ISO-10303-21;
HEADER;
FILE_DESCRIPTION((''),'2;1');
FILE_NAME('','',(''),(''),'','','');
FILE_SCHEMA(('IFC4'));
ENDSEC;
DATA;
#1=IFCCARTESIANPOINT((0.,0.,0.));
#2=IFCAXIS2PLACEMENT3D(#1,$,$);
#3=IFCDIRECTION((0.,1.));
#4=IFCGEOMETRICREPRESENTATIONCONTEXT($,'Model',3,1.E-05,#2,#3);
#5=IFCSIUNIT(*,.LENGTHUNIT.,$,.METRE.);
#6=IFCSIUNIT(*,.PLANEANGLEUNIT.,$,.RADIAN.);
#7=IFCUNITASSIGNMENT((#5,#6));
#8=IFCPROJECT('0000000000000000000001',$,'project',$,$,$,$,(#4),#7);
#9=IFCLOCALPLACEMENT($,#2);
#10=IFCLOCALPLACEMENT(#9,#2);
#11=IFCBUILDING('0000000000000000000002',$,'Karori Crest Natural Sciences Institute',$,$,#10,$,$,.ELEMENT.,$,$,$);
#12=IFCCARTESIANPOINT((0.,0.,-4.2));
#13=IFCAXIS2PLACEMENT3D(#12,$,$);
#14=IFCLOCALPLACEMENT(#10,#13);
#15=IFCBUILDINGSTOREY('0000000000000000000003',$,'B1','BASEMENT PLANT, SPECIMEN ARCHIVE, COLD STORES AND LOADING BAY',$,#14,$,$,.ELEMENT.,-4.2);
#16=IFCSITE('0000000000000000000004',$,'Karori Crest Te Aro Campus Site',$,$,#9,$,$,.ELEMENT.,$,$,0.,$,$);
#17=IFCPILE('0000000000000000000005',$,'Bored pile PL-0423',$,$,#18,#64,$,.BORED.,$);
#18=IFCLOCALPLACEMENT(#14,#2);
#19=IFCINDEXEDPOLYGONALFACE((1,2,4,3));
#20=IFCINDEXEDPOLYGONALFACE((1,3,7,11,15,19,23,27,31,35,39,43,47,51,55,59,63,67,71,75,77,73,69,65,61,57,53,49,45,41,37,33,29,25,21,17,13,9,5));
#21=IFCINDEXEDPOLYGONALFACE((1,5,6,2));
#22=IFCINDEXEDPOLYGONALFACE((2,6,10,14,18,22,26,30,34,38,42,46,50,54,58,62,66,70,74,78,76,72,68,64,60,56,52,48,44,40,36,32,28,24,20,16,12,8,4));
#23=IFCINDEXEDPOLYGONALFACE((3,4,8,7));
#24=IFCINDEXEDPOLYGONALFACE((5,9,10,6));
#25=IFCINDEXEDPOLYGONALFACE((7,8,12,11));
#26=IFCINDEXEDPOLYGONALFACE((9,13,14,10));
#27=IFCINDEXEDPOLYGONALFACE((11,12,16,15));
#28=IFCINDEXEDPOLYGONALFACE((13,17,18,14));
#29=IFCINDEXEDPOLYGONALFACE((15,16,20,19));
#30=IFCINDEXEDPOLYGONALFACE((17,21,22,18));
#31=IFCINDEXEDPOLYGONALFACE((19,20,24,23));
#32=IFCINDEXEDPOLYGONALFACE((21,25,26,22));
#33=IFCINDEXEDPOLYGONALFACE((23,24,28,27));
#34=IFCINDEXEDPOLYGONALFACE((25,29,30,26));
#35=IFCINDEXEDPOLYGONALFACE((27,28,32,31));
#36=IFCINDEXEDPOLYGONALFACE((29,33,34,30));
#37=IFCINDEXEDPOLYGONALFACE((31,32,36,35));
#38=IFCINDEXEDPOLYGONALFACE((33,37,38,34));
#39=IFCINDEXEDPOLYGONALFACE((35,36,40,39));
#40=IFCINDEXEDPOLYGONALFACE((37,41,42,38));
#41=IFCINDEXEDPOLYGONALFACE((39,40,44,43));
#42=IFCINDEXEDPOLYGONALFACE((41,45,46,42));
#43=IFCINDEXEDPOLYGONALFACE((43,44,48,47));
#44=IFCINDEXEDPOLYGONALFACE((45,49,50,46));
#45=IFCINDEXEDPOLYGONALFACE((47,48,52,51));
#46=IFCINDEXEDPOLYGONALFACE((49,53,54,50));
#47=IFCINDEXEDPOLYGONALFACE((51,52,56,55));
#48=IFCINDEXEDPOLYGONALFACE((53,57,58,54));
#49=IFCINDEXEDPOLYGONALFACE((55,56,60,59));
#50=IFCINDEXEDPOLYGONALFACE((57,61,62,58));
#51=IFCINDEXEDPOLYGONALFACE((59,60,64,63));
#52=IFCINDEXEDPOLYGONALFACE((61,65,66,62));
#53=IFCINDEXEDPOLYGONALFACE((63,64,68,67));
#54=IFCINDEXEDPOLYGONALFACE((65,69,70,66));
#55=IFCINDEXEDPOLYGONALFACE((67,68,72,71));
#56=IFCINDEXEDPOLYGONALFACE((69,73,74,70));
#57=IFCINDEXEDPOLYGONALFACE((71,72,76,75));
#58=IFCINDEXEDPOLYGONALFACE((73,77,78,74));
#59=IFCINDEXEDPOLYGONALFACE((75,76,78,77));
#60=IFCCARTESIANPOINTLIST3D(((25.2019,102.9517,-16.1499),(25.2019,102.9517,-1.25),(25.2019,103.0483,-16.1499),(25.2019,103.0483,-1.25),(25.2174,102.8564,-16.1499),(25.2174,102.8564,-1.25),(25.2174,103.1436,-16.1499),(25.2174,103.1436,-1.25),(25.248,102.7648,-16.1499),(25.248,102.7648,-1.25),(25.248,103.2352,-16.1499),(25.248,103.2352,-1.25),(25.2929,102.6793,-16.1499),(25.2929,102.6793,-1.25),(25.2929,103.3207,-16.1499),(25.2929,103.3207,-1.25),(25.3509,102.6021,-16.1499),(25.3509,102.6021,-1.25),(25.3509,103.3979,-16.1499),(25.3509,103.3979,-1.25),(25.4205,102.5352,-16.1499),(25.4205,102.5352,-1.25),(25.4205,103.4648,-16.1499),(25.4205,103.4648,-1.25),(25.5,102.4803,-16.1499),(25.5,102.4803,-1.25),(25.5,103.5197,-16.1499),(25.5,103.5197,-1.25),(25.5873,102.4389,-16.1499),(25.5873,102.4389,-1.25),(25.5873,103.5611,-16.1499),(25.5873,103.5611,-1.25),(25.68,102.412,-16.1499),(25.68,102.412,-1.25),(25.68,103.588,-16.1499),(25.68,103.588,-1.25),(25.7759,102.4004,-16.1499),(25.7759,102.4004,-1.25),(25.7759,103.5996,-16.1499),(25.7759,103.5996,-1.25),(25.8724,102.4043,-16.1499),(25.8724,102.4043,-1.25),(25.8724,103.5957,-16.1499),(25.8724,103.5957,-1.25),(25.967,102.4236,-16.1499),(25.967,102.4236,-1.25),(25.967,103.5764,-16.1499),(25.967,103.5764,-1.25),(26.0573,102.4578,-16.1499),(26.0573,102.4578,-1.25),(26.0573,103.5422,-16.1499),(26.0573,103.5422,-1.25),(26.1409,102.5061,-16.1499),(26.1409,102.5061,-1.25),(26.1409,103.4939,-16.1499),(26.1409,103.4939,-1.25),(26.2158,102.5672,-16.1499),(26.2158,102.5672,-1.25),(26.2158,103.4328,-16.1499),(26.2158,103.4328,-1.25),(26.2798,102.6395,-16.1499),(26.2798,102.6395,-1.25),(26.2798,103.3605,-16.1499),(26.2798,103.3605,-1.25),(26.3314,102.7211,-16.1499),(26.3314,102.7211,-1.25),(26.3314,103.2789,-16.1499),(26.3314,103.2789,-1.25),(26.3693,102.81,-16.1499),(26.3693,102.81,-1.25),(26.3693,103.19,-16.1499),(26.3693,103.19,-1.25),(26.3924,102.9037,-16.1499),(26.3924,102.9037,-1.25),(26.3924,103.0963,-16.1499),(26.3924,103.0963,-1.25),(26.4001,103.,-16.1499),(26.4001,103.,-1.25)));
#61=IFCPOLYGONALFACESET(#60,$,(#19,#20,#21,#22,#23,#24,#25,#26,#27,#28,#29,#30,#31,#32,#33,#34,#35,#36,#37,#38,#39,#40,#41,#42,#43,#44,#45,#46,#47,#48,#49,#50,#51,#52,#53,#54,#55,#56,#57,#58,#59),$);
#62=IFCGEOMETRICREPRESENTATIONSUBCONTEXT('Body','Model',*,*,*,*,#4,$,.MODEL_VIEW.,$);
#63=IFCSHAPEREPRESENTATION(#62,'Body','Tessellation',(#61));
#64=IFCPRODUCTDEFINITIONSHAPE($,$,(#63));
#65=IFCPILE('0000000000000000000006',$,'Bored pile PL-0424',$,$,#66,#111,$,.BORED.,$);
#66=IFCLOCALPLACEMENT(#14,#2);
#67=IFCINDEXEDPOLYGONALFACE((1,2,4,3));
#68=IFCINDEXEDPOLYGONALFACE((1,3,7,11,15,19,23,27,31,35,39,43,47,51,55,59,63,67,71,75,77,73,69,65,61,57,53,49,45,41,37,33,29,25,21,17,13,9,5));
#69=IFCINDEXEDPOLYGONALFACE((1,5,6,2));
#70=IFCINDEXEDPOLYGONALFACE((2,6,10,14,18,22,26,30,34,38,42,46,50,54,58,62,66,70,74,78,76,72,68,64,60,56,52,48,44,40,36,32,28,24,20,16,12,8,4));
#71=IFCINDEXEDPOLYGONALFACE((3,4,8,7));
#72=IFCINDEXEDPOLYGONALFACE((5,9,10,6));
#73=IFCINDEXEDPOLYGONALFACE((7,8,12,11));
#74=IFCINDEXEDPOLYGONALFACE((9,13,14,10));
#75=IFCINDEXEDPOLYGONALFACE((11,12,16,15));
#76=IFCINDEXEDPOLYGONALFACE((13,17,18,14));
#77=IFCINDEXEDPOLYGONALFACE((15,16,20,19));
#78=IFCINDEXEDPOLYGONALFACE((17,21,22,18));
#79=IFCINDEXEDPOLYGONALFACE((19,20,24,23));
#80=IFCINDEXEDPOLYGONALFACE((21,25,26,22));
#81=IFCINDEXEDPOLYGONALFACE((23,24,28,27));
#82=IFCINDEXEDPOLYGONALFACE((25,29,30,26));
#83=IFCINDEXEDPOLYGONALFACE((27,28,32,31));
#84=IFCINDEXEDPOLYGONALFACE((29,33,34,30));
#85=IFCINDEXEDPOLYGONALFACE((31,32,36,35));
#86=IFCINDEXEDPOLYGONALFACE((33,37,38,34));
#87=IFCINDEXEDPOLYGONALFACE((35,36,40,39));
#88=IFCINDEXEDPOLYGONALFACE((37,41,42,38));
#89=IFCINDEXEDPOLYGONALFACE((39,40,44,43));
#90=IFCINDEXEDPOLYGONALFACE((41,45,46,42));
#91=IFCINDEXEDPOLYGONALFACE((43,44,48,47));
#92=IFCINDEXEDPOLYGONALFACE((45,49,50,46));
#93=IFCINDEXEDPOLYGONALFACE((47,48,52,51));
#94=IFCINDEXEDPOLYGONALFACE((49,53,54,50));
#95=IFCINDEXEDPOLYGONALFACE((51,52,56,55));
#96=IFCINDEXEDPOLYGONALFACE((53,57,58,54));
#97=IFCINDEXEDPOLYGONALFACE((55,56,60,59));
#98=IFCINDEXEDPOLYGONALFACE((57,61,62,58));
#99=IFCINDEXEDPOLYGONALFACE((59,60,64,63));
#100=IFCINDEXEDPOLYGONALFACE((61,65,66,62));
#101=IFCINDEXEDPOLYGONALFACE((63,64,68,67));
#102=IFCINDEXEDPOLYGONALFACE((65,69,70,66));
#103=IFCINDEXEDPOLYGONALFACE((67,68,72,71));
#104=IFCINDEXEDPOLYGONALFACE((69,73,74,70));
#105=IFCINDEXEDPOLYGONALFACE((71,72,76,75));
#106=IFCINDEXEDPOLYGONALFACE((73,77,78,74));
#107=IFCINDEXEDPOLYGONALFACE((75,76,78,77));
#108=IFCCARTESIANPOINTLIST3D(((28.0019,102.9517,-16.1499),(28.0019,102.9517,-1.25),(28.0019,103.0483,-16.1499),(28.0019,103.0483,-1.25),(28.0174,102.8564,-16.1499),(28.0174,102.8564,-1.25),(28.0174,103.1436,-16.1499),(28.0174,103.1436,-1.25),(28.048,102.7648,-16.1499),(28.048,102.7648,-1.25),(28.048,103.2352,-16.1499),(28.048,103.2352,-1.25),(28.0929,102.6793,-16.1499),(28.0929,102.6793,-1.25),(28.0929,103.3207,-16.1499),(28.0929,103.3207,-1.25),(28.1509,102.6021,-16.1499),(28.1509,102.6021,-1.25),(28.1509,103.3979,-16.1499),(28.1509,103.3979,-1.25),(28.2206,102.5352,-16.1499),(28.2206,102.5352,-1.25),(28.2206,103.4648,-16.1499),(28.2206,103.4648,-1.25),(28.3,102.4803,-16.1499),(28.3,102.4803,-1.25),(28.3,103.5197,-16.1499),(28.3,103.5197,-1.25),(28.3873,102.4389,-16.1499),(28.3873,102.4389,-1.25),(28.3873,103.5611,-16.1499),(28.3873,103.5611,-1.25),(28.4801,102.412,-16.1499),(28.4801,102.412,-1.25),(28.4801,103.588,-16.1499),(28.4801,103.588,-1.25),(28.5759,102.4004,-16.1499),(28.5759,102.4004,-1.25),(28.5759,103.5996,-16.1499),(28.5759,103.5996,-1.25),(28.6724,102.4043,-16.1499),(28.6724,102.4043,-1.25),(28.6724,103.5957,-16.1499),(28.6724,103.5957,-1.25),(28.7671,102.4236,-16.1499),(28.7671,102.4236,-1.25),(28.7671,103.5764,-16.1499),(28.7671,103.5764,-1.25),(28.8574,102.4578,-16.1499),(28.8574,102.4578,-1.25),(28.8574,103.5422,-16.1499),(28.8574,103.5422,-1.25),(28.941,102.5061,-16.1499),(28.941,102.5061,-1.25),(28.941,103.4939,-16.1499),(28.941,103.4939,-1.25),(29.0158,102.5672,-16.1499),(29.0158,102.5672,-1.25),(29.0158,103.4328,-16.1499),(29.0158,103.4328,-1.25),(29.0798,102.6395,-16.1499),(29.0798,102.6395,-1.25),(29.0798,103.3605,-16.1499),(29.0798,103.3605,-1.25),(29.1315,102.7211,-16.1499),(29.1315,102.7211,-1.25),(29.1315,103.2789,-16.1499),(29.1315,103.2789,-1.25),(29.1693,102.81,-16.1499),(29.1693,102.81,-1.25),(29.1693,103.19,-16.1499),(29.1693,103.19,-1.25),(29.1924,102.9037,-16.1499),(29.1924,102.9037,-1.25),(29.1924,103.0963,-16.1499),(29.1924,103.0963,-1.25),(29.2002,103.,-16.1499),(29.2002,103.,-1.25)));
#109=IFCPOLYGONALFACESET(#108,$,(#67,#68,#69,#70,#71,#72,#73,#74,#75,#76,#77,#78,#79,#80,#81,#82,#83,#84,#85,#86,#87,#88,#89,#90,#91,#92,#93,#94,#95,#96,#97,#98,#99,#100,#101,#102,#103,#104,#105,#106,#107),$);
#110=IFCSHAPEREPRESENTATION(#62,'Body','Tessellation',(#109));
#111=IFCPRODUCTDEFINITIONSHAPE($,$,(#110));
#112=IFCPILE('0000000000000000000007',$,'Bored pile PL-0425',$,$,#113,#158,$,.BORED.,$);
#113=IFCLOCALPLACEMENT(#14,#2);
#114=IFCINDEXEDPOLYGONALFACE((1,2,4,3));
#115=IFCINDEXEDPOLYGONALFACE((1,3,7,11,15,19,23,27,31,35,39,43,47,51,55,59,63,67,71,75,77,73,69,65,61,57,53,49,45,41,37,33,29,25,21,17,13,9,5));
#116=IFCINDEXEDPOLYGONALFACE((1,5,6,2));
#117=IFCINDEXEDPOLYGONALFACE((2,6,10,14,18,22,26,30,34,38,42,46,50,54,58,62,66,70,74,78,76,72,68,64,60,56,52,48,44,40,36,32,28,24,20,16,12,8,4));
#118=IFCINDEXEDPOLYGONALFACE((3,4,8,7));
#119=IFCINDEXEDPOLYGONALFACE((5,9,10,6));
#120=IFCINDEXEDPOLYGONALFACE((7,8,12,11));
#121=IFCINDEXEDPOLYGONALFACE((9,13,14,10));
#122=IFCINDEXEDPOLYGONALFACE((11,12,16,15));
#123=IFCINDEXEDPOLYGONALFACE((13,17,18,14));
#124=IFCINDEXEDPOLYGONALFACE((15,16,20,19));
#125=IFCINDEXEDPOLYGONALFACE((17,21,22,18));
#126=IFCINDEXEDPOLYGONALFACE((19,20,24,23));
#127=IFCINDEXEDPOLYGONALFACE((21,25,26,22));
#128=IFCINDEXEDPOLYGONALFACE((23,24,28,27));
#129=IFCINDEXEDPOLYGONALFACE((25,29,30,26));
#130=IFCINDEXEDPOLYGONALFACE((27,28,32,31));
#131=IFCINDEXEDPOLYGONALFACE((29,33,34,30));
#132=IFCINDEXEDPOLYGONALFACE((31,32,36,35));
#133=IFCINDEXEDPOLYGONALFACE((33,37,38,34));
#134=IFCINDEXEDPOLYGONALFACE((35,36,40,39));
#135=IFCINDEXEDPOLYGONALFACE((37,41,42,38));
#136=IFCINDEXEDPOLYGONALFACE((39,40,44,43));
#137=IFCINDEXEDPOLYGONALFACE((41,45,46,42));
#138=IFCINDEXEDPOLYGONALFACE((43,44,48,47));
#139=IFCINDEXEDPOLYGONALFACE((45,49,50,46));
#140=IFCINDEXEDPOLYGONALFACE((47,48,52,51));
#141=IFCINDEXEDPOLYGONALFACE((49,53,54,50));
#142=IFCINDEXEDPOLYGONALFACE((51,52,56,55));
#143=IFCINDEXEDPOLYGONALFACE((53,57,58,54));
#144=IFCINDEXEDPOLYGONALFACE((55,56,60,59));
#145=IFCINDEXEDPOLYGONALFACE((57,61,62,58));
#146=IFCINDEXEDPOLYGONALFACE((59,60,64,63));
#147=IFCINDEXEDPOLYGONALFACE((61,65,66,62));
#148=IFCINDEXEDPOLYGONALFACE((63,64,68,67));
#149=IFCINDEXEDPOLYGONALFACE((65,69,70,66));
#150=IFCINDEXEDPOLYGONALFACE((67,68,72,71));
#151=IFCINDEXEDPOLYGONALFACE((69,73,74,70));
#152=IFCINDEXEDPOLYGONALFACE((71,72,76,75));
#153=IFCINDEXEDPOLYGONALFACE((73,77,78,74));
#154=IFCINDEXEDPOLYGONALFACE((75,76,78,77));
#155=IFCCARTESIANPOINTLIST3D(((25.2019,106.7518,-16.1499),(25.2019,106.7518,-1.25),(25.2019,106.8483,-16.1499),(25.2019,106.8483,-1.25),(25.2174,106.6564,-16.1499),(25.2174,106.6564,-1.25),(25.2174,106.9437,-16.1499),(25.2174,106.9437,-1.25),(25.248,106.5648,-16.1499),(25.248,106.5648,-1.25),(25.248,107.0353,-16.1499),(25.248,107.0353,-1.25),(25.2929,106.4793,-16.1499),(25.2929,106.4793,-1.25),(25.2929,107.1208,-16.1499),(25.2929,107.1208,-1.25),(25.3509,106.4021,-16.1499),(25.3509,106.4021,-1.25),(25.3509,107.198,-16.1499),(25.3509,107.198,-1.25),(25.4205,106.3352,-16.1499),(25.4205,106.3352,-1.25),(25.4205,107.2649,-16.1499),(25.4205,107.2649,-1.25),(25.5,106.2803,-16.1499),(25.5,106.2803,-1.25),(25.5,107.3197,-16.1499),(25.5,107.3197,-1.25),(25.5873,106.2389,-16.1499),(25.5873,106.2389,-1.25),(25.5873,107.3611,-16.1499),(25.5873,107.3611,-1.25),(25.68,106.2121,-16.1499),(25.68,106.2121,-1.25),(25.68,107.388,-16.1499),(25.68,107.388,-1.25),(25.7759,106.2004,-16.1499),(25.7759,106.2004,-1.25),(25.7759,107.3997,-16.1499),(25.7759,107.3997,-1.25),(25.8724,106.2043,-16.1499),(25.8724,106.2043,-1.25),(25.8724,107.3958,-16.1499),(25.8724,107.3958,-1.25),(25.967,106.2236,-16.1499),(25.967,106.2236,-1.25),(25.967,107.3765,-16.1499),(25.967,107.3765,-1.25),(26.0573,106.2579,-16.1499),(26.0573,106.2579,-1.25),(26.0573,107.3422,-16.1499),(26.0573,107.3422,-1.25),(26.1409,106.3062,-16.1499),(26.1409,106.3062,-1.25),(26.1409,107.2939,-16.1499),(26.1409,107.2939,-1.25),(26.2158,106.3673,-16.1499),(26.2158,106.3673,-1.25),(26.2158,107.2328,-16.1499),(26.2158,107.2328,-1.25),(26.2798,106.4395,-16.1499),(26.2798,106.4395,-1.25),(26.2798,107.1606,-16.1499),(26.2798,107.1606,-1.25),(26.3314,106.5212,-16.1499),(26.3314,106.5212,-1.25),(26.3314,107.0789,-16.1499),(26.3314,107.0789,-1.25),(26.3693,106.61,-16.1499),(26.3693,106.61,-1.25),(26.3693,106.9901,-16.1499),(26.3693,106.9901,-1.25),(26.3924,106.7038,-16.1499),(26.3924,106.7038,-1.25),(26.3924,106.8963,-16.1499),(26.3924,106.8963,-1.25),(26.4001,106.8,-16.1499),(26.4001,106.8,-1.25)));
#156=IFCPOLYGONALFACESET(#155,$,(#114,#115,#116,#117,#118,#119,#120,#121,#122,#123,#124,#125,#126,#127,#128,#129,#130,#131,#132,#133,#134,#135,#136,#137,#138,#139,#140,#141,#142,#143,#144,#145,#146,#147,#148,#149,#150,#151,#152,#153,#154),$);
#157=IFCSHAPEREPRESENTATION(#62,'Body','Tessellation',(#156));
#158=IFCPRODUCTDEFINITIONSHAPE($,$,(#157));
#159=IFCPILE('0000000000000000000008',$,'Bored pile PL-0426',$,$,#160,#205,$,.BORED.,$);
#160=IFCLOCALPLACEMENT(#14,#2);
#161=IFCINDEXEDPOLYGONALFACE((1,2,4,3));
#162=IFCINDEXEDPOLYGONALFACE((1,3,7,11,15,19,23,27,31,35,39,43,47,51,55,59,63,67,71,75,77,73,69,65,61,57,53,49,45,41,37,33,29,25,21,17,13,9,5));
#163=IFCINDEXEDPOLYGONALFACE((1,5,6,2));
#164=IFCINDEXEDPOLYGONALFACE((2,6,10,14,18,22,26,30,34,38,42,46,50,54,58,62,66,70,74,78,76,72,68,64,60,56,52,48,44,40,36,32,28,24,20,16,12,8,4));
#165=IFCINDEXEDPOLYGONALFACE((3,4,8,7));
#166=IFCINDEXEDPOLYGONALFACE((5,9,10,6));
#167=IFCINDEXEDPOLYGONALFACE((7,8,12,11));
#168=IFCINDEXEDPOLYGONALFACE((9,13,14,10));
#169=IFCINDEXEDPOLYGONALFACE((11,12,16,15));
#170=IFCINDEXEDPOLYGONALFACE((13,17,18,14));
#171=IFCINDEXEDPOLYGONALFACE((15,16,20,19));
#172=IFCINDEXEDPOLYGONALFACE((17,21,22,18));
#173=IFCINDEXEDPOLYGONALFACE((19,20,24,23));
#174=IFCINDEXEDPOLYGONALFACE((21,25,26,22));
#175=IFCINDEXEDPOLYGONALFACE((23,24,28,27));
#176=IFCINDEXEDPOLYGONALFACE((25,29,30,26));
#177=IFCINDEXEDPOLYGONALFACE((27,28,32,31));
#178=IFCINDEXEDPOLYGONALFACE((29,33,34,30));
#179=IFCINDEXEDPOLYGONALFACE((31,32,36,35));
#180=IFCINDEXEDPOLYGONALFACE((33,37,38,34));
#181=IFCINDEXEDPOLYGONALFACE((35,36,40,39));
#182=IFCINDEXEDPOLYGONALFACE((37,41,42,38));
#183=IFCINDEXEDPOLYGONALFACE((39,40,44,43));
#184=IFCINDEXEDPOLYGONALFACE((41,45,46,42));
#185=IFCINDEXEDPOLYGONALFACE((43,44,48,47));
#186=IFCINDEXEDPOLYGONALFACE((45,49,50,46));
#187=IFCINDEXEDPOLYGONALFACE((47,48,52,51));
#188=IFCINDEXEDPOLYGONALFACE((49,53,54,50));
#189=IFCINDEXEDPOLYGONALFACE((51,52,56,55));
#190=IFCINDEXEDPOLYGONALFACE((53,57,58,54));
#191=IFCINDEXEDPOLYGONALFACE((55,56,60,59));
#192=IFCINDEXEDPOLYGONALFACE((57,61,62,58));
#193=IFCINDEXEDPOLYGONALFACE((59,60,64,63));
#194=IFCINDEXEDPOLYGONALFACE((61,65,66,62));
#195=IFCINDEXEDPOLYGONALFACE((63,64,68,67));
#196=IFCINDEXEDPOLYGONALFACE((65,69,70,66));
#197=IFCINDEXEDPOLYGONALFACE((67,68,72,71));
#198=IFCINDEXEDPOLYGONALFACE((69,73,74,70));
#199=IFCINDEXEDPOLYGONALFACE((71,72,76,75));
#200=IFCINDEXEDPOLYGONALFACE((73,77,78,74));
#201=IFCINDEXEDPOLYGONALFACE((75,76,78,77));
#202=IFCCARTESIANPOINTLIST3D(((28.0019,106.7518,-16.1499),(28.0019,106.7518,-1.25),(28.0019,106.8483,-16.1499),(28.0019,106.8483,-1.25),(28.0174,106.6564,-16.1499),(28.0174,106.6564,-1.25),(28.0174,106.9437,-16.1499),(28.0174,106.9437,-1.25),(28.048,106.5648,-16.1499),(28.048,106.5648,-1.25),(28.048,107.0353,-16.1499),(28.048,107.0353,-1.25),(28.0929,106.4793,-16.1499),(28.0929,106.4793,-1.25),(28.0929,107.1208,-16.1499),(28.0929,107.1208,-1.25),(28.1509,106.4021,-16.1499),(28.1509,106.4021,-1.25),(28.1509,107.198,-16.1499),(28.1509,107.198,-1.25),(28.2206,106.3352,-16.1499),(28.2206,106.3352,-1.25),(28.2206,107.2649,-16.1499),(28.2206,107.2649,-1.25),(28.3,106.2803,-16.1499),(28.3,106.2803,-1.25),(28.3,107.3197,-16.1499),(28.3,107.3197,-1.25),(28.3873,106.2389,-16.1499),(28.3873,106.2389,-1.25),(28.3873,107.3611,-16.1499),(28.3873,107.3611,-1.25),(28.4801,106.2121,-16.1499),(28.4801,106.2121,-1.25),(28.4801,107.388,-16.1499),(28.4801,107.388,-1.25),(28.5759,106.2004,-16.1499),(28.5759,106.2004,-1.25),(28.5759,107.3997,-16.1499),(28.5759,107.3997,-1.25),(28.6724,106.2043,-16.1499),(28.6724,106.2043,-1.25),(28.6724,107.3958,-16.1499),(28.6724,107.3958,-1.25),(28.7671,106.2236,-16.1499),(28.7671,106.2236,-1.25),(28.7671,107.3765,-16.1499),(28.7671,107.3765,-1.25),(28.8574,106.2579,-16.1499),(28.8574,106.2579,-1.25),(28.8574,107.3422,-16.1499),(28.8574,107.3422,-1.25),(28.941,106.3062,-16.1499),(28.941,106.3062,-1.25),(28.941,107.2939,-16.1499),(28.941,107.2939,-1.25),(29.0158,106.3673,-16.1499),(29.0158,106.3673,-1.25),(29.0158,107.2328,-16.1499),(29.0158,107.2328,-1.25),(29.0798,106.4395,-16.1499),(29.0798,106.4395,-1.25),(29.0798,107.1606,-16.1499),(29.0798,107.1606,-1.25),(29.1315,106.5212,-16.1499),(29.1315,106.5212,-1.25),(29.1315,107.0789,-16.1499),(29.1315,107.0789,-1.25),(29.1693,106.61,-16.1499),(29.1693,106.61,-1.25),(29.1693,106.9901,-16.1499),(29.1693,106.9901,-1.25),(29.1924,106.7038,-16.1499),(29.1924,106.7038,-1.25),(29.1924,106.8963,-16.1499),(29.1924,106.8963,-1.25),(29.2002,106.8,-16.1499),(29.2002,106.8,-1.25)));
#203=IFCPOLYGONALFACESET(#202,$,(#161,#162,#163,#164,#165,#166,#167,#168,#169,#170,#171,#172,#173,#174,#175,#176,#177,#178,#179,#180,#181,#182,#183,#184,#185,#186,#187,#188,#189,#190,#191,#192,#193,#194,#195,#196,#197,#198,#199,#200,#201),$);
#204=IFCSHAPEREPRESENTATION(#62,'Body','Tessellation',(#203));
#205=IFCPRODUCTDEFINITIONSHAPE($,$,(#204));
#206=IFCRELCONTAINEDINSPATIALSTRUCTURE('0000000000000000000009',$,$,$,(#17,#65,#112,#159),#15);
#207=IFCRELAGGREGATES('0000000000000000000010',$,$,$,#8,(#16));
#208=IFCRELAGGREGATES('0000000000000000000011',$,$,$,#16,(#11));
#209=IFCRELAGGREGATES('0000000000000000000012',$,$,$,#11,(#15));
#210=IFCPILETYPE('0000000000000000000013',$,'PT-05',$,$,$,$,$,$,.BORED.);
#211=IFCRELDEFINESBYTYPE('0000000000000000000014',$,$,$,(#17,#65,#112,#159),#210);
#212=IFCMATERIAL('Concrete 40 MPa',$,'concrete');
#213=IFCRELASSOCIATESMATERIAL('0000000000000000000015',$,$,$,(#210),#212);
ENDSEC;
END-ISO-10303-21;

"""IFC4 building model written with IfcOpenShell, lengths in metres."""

from ifc_helpers import new_model, si_unit, direction, frame, origin, origin_2d, place, context, subcontext, project, spatial, circle, extrude, material, material_profile, profile_set, type_object, element, save


model = new_model("IFC4")

# Units and contexts
model_context = context("Model", 3, precision=1e-05, world=origin(), true_north=direction((0.0, 1.0)))
body_context = subcontext(model_context, "Body", "Model", "MODEL_VIEW")
ifc_project = project(units=[si_unit("LENGTHUNIT", "METRE"), si_unit("PLANEANGLEUNIT", "RADIAN")], contexts=[model_context])

# Site, building, storey
site_placement = place(None, origin())
site = spatial("IfcSite", under=ifc_project, at=site_placement, Name="Karori Crest Te Aro Campus Site", CompositionType="ELEMENT", RefElevation=0.0)
building_placement = place(site_placement, origin())
building = spatial("IfcBuilding", under=site, at=building_placement, Name="Karori Crest Natural Sciences Institute", CompositionType="ELEMENT")
storey_placement = place(building_placement, frame((0.0, 0.0, -4.2)))
storey = spatial("IfcBuildingStorey", under=building, at=storey_placement, Name="B1", Description="BASEMENT PLANT, SPECIMEN ARCHIVE, COLD STORES AND LOADING BAY", CompositionType="ELEMENT", Elevation=-4.2)

# Shared definitions
ifc_material_1 = material(Name="Concrete 40 MPa", Category="concrete")

# Piles
ifc_material_profile_1 = material_profile(ifc_material_1, circle(Radius=0.6001, at=origin_2d()), Name="PILE1200")
ifc_profile_set_1 = profile_set([ifc_material_profile_1], Name="Concrete 40 MPa")
pile_type = type_object("IfcPileType", Name="PT-05", PredefinedType="BORED", material=ifc_profile_set_1)
for number, where, z_axis, x_axis, name in (
    (1, (25.8, 103.0, -1.25), (0.0, 0.0, -1.0), (1.0, 0.0, 0.0), "Bored pile PL-0423"),
    (2, (28.6001, 103.0, -1.25), (0.0, 0.0, -1.0), (1.0, 0.0, 0.0), "Bored pile PL-0424"),
    (3, (25.8, 106.8, -1.25), (0.0, 0.0, -1.0), (1.0, 0.0, 0.0), "Bored pile PL-0425"),
    (4, (28.6001, 106.8, -1.25), (0.0, 0.0, -1.0), (1.0, 0.0, 0.0), "Bored pile PL-0426"),
):
    element("IfcPile", number, at=place(storey_placement, frame(where, z_axis=z_axis, x_axis=x_axis)), inside=storey, type_object=pile_type, Name=name, PredefinedType="BORED", context=body_context, shape_type="SweptSolid", body=[
        extrude(circle(Radius=0.6001, at=origin_2d()), origin(), (0.0, 0.0, 1.0), 14.8999),
    ])

save(model, "model.ifc")
